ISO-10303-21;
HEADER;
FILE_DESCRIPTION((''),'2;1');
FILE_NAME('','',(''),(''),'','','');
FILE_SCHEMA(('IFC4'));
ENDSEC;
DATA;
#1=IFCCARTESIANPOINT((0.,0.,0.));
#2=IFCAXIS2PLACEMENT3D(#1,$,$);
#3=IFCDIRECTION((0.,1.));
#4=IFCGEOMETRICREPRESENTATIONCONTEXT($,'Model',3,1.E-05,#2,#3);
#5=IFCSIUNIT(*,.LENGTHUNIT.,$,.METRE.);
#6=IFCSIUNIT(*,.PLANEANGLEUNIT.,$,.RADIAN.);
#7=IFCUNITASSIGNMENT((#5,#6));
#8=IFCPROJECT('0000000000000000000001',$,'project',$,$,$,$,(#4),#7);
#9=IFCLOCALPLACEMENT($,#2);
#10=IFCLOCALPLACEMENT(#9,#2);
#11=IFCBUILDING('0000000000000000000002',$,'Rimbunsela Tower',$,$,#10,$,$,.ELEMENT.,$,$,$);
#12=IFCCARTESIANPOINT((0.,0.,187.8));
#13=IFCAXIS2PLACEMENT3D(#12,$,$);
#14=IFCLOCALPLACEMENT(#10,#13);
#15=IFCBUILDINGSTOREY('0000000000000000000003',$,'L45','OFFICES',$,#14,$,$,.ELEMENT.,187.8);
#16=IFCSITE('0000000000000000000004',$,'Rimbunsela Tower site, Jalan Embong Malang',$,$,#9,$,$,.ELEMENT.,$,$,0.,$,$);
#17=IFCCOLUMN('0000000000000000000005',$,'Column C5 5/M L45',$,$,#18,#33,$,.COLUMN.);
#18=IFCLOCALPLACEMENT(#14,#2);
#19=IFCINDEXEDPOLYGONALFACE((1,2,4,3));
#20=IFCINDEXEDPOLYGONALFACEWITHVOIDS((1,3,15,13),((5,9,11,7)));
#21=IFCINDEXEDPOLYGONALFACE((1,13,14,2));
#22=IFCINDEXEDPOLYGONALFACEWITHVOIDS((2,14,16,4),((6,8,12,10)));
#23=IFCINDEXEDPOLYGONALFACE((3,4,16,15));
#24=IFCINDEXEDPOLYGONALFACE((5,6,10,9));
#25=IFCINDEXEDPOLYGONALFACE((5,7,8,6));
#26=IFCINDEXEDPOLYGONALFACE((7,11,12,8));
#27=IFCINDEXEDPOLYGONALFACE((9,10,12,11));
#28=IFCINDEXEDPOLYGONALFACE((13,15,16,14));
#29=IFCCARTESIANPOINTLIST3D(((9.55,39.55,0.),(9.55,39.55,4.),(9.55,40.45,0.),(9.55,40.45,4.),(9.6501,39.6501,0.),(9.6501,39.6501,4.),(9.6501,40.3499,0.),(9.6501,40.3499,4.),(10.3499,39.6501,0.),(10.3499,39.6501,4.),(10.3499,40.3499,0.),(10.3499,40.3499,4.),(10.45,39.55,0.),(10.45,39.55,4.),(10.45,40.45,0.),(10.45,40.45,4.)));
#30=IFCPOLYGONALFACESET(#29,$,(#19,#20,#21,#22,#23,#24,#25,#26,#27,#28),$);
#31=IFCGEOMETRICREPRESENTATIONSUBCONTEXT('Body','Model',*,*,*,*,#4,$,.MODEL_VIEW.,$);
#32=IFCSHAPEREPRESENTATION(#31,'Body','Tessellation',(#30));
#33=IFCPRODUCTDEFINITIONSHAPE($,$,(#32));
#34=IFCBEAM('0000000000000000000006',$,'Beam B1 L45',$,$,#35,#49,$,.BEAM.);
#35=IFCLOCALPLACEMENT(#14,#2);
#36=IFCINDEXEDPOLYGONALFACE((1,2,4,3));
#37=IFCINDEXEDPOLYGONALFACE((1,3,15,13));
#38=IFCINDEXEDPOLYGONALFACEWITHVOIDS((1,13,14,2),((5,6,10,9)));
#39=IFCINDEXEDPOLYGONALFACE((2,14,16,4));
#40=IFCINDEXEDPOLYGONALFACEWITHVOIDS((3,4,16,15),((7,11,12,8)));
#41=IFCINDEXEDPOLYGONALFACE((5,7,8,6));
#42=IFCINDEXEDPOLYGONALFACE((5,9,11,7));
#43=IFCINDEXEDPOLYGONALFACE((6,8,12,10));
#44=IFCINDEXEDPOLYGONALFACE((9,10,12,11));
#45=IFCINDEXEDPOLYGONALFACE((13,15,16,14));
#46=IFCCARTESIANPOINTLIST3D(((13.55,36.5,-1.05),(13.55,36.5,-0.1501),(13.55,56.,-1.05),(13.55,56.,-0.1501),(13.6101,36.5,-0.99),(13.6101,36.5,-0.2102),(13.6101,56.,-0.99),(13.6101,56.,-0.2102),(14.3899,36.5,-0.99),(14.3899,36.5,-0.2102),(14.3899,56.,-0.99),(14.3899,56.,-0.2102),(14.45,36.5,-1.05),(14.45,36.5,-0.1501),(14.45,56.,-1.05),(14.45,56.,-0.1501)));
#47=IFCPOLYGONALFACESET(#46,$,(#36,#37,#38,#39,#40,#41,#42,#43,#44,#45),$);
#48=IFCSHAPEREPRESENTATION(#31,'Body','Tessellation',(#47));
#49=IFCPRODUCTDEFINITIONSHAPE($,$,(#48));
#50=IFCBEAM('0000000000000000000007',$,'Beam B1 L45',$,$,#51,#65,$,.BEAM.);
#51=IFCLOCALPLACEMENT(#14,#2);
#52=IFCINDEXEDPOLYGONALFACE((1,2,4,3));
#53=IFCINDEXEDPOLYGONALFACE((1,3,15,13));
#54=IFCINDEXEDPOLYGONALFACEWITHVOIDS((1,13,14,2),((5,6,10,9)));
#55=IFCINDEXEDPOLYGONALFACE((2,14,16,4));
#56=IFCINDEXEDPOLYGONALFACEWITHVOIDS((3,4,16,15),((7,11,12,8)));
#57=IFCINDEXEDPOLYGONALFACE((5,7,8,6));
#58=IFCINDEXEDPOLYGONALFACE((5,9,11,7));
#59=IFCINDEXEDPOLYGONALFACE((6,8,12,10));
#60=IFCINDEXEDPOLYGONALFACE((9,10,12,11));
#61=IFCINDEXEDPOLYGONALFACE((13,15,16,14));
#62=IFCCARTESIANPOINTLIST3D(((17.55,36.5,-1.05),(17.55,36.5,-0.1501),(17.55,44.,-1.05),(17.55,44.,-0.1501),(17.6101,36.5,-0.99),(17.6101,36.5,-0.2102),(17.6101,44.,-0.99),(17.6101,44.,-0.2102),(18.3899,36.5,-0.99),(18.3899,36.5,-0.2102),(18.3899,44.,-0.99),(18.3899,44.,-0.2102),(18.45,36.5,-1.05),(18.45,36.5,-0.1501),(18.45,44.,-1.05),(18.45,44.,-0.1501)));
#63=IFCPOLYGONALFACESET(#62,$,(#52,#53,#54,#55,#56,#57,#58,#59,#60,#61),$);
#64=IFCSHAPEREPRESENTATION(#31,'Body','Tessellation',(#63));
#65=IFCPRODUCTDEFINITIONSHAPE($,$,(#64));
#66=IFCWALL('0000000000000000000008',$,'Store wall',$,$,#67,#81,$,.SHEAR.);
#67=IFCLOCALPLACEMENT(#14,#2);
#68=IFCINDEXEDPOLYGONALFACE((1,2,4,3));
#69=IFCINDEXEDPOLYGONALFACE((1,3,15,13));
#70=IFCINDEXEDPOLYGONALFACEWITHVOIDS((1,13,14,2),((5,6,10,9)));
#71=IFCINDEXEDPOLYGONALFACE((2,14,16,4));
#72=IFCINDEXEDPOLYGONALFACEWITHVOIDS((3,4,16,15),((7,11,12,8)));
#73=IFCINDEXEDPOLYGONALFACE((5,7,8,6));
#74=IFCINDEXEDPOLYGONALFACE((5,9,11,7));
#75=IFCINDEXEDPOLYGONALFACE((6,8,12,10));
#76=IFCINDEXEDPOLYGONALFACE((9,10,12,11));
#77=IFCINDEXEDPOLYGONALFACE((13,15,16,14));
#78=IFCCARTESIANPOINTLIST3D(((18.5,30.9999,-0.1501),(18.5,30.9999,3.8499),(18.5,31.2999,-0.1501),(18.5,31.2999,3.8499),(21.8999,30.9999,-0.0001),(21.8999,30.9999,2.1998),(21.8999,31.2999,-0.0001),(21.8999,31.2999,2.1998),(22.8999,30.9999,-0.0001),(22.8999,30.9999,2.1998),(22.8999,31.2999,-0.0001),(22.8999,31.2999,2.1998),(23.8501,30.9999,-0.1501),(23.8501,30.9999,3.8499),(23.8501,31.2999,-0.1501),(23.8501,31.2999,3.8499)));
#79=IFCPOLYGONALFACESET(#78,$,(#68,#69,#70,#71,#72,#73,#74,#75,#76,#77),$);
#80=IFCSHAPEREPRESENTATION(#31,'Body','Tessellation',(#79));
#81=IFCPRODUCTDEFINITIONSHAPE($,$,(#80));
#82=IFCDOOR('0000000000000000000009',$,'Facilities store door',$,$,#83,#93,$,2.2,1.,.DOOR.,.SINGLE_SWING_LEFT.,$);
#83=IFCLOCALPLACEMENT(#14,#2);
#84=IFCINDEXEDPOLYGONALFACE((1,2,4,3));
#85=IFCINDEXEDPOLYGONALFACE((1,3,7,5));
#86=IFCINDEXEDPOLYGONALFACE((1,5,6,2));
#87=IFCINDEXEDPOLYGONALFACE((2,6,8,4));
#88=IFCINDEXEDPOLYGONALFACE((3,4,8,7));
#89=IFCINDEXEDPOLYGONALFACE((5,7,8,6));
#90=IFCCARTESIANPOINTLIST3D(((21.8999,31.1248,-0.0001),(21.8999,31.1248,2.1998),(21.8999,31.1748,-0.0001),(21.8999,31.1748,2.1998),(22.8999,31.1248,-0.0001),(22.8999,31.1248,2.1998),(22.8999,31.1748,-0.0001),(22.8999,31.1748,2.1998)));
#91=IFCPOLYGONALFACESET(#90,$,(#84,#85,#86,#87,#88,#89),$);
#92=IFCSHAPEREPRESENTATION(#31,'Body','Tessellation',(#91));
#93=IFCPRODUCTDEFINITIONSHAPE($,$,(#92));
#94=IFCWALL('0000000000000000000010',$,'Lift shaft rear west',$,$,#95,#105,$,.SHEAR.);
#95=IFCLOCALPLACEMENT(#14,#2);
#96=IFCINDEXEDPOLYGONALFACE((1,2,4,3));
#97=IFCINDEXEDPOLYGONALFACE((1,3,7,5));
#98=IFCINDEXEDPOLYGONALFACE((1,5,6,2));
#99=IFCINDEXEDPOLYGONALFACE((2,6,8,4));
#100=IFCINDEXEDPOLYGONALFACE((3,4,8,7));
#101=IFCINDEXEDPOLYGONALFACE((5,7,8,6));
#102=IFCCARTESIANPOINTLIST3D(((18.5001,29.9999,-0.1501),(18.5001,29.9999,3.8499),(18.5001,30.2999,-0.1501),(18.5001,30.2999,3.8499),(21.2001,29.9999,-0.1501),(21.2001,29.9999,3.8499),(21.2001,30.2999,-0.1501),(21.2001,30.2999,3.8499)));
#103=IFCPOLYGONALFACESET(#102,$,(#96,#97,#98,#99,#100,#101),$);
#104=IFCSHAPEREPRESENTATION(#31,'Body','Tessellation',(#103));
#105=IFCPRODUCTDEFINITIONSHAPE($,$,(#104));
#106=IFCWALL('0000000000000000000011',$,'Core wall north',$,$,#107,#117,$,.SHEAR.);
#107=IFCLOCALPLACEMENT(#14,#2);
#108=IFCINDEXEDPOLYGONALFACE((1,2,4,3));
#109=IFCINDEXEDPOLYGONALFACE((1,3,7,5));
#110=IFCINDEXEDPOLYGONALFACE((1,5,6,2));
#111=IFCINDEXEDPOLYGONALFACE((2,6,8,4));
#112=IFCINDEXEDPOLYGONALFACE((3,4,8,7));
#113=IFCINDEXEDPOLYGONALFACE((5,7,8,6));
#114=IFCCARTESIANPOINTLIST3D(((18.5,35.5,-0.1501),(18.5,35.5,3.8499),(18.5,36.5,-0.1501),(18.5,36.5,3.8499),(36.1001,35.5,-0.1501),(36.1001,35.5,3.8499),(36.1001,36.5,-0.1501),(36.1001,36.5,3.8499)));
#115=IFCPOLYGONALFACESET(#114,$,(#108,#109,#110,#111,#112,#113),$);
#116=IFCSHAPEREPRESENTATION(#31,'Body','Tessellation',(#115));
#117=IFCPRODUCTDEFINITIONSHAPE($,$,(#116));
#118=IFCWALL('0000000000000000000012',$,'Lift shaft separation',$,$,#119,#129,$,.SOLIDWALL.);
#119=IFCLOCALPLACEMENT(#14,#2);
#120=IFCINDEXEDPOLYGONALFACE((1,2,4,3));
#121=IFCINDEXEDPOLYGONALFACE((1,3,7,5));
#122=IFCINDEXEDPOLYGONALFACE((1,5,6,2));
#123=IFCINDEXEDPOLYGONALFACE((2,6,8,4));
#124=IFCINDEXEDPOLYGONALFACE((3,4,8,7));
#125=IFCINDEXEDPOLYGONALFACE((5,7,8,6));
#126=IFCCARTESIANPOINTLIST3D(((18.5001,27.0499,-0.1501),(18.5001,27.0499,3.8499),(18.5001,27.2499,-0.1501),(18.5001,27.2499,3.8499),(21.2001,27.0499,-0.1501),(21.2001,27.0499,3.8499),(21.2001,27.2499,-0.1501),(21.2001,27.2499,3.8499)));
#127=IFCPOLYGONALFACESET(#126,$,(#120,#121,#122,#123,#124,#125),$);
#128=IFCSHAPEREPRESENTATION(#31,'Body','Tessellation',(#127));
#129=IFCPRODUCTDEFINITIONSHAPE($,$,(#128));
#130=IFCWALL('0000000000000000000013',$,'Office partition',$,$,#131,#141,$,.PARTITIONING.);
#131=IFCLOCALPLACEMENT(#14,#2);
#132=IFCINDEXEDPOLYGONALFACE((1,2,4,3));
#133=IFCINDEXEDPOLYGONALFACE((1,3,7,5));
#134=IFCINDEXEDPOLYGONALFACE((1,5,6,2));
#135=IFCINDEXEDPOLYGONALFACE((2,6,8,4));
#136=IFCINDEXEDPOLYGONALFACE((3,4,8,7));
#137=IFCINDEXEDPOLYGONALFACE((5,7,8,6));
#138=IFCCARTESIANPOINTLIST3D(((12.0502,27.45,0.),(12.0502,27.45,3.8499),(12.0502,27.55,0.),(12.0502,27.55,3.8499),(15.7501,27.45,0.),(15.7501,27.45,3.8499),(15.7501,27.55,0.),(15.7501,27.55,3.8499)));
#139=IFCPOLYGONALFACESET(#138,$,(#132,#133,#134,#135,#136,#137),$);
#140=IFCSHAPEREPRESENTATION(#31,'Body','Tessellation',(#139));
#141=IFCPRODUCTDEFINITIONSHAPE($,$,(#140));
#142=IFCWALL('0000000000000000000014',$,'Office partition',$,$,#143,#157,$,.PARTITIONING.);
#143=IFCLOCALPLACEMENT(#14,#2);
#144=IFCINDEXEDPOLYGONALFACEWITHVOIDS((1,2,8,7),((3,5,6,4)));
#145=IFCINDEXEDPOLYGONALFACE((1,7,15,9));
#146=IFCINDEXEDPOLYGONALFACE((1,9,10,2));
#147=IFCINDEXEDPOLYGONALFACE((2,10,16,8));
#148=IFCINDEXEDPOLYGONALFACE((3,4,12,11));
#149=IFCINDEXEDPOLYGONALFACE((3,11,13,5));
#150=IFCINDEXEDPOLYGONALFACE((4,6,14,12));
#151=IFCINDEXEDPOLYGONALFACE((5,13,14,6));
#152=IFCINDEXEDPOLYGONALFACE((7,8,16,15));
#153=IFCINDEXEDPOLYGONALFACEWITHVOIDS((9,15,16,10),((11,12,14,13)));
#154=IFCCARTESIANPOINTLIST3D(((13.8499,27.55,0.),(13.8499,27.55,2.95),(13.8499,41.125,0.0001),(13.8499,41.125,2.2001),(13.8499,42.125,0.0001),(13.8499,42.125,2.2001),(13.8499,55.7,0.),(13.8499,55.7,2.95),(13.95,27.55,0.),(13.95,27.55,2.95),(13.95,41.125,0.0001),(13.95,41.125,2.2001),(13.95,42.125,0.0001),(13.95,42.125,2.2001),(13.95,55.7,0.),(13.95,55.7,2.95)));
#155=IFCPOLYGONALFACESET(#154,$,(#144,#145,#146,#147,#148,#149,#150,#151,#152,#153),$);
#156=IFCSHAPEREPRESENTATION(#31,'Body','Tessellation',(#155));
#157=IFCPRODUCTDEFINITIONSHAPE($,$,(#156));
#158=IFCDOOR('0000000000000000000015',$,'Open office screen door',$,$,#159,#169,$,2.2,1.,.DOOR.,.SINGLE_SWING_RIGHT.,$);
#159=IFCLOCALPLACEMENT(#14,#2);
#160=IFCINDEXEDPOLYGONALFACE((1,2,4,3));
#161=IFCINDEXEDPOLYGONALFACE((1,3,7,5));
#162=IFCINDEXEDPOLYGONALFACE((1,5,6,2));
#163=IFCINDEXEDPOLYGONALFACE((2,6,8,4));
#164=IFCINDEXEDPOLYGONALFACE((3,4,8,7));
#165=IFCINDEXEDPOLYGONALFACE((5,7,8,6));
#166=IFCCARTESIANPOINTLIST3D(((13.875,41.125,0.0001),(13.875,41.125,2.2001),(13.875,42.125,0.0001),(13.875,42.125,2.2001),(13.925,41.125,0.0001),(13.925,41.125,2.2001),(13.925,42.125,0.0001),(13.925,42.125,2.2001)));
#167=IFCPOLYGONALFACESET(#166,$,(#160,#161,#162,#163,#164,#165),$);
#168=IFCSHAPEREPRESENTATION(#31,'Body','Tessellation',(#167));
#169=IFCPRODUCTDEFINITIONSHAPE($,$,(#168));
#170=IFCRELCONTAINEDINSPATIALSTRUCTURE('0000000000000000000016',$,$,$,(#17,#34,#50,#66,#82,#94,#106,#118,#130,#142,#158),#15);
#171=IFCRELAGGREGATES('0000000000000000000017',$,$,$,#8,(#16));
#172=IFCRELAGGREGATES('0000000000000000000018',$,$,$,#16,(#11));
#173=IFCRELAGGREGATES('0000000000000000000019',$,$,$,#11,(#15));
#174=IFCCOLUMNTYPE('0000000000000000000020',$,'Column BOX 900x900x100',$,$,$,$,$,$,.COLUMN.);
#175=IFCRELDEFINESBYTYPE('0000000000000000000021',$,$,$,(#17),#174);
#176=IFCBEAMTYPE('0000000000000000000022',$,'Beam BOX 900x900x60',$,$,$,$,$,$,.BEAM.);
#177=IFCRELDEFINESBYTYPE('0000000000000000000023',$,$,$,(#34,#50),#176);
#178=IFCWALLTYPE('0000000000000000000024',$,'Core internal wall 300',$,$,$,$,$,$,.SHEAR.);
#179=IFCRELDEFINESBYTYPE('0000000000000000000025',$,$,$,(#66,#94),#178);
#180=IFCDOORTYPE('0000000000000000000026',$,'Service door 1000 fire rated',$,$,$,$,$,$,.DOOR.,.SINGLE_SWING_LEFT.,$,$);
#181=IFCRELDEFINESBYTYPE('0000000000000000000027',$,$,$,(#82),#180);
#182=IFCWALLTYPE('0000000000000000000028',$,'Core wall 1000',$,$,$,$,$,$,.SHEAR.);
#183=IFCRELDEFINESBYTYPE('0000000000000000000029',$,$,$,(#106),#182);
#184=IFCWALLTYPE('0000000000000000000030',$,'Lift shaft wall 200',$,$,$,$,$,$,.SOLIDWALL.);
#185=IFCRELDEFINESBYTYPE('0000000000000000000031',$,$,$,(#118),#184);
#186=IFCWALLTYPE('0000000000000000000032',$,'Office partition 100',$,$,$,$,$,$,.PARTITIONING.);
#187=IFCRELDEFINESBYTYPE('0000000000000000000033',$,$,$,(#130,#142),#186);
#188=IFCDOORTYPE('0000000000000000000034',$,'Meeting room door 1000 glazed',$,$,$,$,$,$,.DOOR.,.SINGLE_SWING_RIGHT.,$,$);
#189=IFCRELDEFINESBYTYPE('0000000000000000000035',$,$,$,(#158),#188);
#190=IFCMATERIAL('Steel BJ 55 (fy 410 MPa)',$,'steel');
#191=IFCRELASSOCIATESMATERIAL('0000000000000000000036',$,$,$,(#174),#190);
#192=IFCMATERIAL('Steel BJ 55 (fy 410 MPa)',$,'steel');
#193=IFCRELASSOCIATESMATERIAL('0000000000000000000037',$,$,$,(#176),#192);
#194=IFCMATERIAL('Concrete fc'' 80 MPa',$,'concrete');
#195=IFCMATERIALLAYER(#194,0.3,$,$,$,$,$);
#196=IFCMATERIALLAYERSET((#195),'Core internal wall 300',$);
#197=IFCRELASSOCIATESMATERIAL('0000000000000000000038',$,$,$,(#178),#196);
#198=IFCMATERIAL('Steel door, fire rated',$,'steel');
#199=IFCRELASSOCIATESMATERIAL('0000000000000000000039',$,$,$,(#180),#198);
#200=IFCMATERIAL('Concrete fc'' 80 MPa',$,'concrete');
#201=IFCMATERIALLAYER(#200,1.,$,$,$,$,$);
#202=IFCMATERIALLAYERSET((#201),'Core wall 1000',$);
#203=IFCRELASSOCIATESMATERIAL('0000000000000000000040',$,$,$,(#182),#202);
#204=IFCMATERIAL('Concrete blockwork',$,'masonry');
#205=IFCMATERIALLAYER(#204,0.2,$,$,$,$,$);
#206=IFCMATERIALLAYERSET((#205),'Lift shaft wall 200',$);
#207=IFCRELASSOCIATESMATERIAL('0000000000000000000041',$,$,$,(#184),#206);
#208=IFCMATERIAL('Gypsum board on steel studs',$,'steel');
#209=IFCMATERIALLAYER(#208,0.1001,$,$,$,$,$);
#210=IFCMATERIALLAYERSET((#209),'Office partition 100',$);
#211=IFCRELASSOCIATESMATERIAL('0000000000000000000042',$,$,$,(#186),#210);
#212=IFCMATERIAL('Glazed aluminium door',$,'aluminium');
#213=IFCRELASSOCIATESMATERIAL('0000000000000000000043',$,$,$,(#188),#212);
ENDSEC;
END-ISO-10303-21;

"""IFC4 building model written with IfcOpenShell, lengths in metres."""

from ifc_helpers import new_model, si_unit, direction, frame, frame_2d, origin, origin_2d, place, context, subcontext, project, spatial, rectangle, hollow_rectangle, extrude, material, layer, layer_set, material_profile, profile_set, type_object, element, fill, save


model = new_model("IFC4")

# Units and contexts
model_context = context("Model", 3, precision=1e-05, world=origin(), true_north=direction((0.0, 1.0)))
body_context = subcontext(model_context, "Body", "Model", "MODEL_VIEW")
ifc_project = project(units=[si_unit("LENGTHUNIT", "METRE"), si_unit("PLANEANGLEUNIT", "RADIAN")], contexts=[model_context])

# Site, building, storey
site_placement = place(None, origin())
site = spatial("IfcSite", under=ifc_project, at=site_placement, Name="Rimbunsela Tower site, Jalan Embong Malang", CompositionType="ELEMENT", RefElevation=0.0)
building_placement = place(site_placement, origin())
building = spatial("IfcBuilding", under=site, at=building_placement, Name="Rimbunsela Tower", CompositionType="ELEMENT")
storey_placement = place(building_placement, frame((0.0, 0.0, 187.8)))
storey = spatial("IfcBuildingStorey", under=building, at=storey_placement, Name="L45", Description="OFFICES", CompositionType="ELEMENT", Elevation=187.8)

# Column
ifc_material_1 = material(Name="Steel BJ 55 (fy 410 MPa)", Category="steel")
ifc_material_profile_1 = material_profile(ifc_material_1, hollow_rectangle(XDim=0.8999, YDim=0.8999, WallThickness=0.1001, at=origin_2d()), Name="BOX 900x900x100")
ifc_profile_set_1 = profile_set([ifc_material_profile_1], Name="Steel BJ 55 (fy 410 MPa)")
column_type = type_object("IfcColumnType", Name="Column BOX 900x900x100", PredefinedType="COLUMN", material=ifc_profile_set_1)
column_placement = place(storey_placement, frame((10.0, 40.0, 0.0), z_axis=(0.0, 0.0, 1.0), x_axis=(1.0, 0.0, 0.0)))
element("IfcColumn", 1, at=column_placement, inside=storey, type_object=column_type, Name="Column C5 5/M L45", PredefinedType="COLUMN", context=body_context, shape_type="SweptSolid", body=[
    extrude(hollow_rectangle(XDim=0.8999, YDim=0.8999, WallThickness=0.1001, at=origin_2d()), origin(), (0.0, 0.0, 1.0), 4.0),
])

# Beams
ifc_material_2 = material(Name="Steel BJ 55 (fy 410 MPa)", Category="steel")
ifc_material_profile_2 = material_profile(ifc_material_2, hollow_rectangle(XDim=0.8999, YDim=0.8999, WallThickness=0.0601, at=origin_2d()), Name="BOX 900x900x60")
ifc_profile_set_2 = profile_set([ifc_material_profile_2], Name="Steel BJ 55 (fy 410 MPa)")
beam_type = type_object("IfcBeamType", Name="Beam BOX 900x900x60", PredefinedType="BEAM", material=ifc_profile_set_2)
beam_1_placement = place(storey_placement, frame((14.0, 36.5, -0.6001), z_axis=(0.0, 1.0, 0.0), x_axis=(-1.0, 0.0, 0.0)))
element("IfcBeam", 2, at=beam_1_placement, inside=storey, type_object=beam_type, Name="Beam B1 L45", PredefinedType="BEAM", context=body_context, shape_type="SweptSolid", body=[
    extrude(hollow_rectangle(XDim=0.8999, YDim=0.8999, WallThickness=0.0601, at=origin_2d()), origin(), (0.0, 0.0, 1.0), 19.5),
])
beam_2_placement = place(storey_placement, frame((18.0, 36.5, -0.6001), z_axis=(0.0, 1.0, 0.0), x_axis=(-1.0, 0.0, 0.0)))
element("IfcBeam", 3, at=beam_2_placement, inside=storey, type_object=beam_type, Name="Beam B1 L45", PredefinedType="BEAM", context=body_context, shape_type="SweptSolid", body=[
    extrude(hollow_rectangle(XDim=0.8999, YDim=0.8999, WallThickness=0.0601, at=origin_2d()), origin(), (0.0, 0.0, 1.0), 7.5),
])

# Wall, opening, door
ifc_material_3 = material(Name="Concrete fc' 80 MPa", Category="concrete")
ifc_layer_1 = layer(ifc_material_3, 0.3)
ifc_layer_set_1 = layer_set([ifc_layer_1], Name="Core internal wall 300")
wall_type_1 = type_object("IfcWallType", Name="Core internal wall 300", PredefinedType="SHEAR", material=ifc_layer_set_1)
wall_1_placement = place(storey_placement, frame((18.5, 31.1499, -0.1501), z_axis=(0.0, 0.0, 1.0), x_axis=(1.0, 0.0, 0.0)))
wall_1 = element("IfcWall", 4, at=wall_1_placement, inside=storey, type_object=wall_type_1, Name="Store wall", PredefinedType="SHEAR", context=body_context, shape_type="SweptSolid", body=[
    extrude(rectangle(XDim=5.3501, YDim=0.3, at=frame_2d((2.675, 0.0))), origin(), (0.0, 0.0, 1.0), 4.0),
])
opening_1_placement = place(wall_1_placement, frame((3.3999, 0.0, 0.1499)))
opening_1 = element("IfcOpeningElement", 5, at=opening_1_placement, cuts=wall_1, PredefinedType="OPENING", context=body_context, shape_type="SweptSolid", body=[
    extrude(rectangle(XDim=1.0, YDim=2.2, at=frame_2d((0.5, 1.1001))), frame((0.0, 0.1599, 0.0), z_axis=(0.0, -1.0, 0.0), x_axis=(1.0, 0.0, 0.0)), (0.0, 0.0, 1.0), 0.3201),
])
ifc_material_4 = material(Name="Steel door, fire rated", Category="steel")
door_type_1 = type_object("IfcDoorType", Name="Service door 1000 fire rated", OperationType="SINGLE_SWING_LEFT", PredefinedType="DOOR", material=ifc_material_4)
door_1_placement = place(opening_1_placement, origin())
door_1 = element("IfcDoor", 6, at=door_1_placement, inside=storey, type_object=door_type_1, Name="Facilities store door", OperationType="SINGLE_SWING_LEFT", OverallHeight=2.2, OverallWidth=1.0, PredefinedType="DOOR", context=body_context, shape_type="SweptSolid", body=[
    extrude(rectangle(XDim=1.0, YDim=2.2, at=frame_2d((0.5, 1.1001))), frame((0.0, 0.0249, 0.0), z_axis=(0.0, -1.0, 0.0), x_axis=(1.0, 0.0, 0.0)), (0.0, 0.0, 1.0), 0.05),
])
fill(opening_1, door_1)

# Walls
wall_2_placement = place(storey_placement, frame((18.5, 30.1499, -0.1501), z_axis=(0.0, 0.0, 1.0), x_axis=(1.0, 0.0, 0.0)))
element("IfcWall", 7, at=wall_2_placement, inside=storey, type_object=wall_type_1, Name="Lift shaft rear west", PredefinedType="SHEAR", context=body_context, shape_type="SweptSolid", body=[
    extrude(rectangle(XDim=2.7, YDim=0.3, at=frame_2d((1.3501, 0.0))), origin(), (0.0, 0.0, 1.0), 4.0),
])
ifc_material_5 = material(Name="Concrete fc' 80 MPa", Category="concrete")
ifc_layer_2 = layer(ifc_material_5, 1.0)
ifc_layer_set_2 = layer_set([ifc_layer_2], Name="Core wall 1000")
wall_type_2 = type_object("IfcWallType", Name="Core wall 1000", PredefinedType="SHEAR", material=ifc_layer_set_2)
wall_3_placement = place(storey_placement, frame((18.5, 36.0, -0.1501), z_axis=(0.0, 0.0, 1.0), x_axis=(1.0, 0.0, 0.0)))
element("IfcWall", 8, at=wall_3_placement, inside=storey, type_object=wall_type_2, Name="Core wall north", PredefinedType="SHEAR", context=body_context, shape_type="SweptSolid", body=[
    extrude(rectangle(XDim=17.6001, YDim=1.0, at=frame_2d((8.8, 0.0))), origin(), (0.0, 0.0, 1.0), 4.0),
])
ifc_material_6 = material(Name="Concrete blockwork", Category="masonry")
ifc_layer_3 = layer(ifc_material_6, 0.2)
ifc_layer_set_3 = layer_set([ifc_layer_3], Name="Lift shaft wall 200")
wall_type_3 = type_object("IfcWallType", Name="Lift shaft wall 200", PredefinedType="SOLIDWALL", material=ifc_layer_set_3)
wall_4_placement = place(storey_placement, frame((18.5, 27.1499, -0.1501), z_axis=(0.0, 0.0, 1.0), x_axis=(1.0, 0.0, 0.0)))
element("IfcWall", 9, at=wall_4_placement, inside=storey, type_object=wall_type_3, Name="Lift shaft separation", PredefinedType="SOLIDWALL", context=body_context, shape_type="SweptSolid", body=[
    extrude(rectangle(XDim=2.7, YDim=0.2, at=frame_2d((1.3501, 0.0))), origin(), (0.0, 0.0, 1.0), 4.0),
])
ifc_material_7 = material(Name="Gypsum board on steel studs", Category="steel")
ifc_layer_4 = layer(ifc_material_7, 0.1001)
ifc_layer_set_4 = layer_set([ifc_layer_4], Name="Office partition 100")
wall_type_4 = type_object("IfcWallType", Name="Office partition 100", PredefinedType="PARTITIONING", material=ifc_layer_set_4)
wall_5_placement = place(storey_placement, frame((12.05, 27.5, 0.0), z_axis=(0.0, 0.0, 1.0), x_axis=(1.0, 0.0, 0.0)))
element("IfcWall", 10, at=wall_5_placement, inside=storey, type_object=wall_type_4, Name="Office partition", PredefinedType="PARTITIONING", context=body_context, shape_type="SweptSolid", body=[
    extrude(rectangle(XDim=3.7, YDim=0.1001, at=frame_2d((1.8501, 0.0))), origin(), (0.0, 0.0, 1.0), 3.8499),
])

# Wall, opening, door
wall_6_placement = place(storey_placement, frame((13.8999, 27.55, 0.0), z_axis=(0.0, 0.0, 1.0), x_axis=(0.0, 1.0, 0.0)))
wall_6 = element("IfcWall", 11, at=wall_6_placement, inside=storey, type_object=wall_type_4, Name="Office partition", PredefinedType="PARTITIONING", context=body_context, shape_type="SweptSolid", body=[
    extrude(rectangle(XDim=28.1499, YDim=0.1001, at=frame_2d((14.075, 0.0))), origin(), (0.0, 0.0, 1.0), 2.95),
])
opening_2_placement = place(wall_6_placement, frame((13.575, 0.0, 0.0)))
opening_2 = element("IfcOpeningElement", 12, at=opening_2_placement, cuts=wall_6, PredefinedType="OPENING", context=body_context, shape_type="SweptSolid", body=[
    extrude(rectangle(XDim=1.0, YDim=2.2, at=frame_2d((0.5, 1.1001))), frame((0.0, 0.0601, 0.0), z_axis=(0.0, -1.0, 0.0), x_axis=(1.0, 0.0, 0.0)), (0.0, 0.0, 1.0), 0.1201),
])
ifc_material_8 = material(Name="Glazed aluminium door", Category="aluminium")
door_type_2 = type_object("IfcDoorType", Name="Meeting room door 1000 glazed", OperationType="SINGLE_SWING_RIGHT", PredefinedType="DOOR", material=ifc_material_8)
door_2_placement = place(opening_2_placement, origin())
door_2 = element("IfcDoor", 13, at=door_2_placement, inside=storey, type_object=door_type_2, Name="Open office screen door", OperationType="SINGLE_SWING_RIGHT", OverallHeight=2.2, OverallWidth=1.0, PredefinedType="DOOR", context=body_context, shape_type="SweptSolid", body=[
    extrude(rectangle(XDim=1.0, YDim=2.2, at=frame_2d((0.5, 1.1001))), frame((0.0, 0.0249, 0.0), z_axis=(0.0, -1.0, 0.0), x_axis=(1.0, 0.0, 0.0)), (0.0, 0.0, 1.0), 0.05),
])
fill(opening_2, door_2)

save(model, "model.ifc")
